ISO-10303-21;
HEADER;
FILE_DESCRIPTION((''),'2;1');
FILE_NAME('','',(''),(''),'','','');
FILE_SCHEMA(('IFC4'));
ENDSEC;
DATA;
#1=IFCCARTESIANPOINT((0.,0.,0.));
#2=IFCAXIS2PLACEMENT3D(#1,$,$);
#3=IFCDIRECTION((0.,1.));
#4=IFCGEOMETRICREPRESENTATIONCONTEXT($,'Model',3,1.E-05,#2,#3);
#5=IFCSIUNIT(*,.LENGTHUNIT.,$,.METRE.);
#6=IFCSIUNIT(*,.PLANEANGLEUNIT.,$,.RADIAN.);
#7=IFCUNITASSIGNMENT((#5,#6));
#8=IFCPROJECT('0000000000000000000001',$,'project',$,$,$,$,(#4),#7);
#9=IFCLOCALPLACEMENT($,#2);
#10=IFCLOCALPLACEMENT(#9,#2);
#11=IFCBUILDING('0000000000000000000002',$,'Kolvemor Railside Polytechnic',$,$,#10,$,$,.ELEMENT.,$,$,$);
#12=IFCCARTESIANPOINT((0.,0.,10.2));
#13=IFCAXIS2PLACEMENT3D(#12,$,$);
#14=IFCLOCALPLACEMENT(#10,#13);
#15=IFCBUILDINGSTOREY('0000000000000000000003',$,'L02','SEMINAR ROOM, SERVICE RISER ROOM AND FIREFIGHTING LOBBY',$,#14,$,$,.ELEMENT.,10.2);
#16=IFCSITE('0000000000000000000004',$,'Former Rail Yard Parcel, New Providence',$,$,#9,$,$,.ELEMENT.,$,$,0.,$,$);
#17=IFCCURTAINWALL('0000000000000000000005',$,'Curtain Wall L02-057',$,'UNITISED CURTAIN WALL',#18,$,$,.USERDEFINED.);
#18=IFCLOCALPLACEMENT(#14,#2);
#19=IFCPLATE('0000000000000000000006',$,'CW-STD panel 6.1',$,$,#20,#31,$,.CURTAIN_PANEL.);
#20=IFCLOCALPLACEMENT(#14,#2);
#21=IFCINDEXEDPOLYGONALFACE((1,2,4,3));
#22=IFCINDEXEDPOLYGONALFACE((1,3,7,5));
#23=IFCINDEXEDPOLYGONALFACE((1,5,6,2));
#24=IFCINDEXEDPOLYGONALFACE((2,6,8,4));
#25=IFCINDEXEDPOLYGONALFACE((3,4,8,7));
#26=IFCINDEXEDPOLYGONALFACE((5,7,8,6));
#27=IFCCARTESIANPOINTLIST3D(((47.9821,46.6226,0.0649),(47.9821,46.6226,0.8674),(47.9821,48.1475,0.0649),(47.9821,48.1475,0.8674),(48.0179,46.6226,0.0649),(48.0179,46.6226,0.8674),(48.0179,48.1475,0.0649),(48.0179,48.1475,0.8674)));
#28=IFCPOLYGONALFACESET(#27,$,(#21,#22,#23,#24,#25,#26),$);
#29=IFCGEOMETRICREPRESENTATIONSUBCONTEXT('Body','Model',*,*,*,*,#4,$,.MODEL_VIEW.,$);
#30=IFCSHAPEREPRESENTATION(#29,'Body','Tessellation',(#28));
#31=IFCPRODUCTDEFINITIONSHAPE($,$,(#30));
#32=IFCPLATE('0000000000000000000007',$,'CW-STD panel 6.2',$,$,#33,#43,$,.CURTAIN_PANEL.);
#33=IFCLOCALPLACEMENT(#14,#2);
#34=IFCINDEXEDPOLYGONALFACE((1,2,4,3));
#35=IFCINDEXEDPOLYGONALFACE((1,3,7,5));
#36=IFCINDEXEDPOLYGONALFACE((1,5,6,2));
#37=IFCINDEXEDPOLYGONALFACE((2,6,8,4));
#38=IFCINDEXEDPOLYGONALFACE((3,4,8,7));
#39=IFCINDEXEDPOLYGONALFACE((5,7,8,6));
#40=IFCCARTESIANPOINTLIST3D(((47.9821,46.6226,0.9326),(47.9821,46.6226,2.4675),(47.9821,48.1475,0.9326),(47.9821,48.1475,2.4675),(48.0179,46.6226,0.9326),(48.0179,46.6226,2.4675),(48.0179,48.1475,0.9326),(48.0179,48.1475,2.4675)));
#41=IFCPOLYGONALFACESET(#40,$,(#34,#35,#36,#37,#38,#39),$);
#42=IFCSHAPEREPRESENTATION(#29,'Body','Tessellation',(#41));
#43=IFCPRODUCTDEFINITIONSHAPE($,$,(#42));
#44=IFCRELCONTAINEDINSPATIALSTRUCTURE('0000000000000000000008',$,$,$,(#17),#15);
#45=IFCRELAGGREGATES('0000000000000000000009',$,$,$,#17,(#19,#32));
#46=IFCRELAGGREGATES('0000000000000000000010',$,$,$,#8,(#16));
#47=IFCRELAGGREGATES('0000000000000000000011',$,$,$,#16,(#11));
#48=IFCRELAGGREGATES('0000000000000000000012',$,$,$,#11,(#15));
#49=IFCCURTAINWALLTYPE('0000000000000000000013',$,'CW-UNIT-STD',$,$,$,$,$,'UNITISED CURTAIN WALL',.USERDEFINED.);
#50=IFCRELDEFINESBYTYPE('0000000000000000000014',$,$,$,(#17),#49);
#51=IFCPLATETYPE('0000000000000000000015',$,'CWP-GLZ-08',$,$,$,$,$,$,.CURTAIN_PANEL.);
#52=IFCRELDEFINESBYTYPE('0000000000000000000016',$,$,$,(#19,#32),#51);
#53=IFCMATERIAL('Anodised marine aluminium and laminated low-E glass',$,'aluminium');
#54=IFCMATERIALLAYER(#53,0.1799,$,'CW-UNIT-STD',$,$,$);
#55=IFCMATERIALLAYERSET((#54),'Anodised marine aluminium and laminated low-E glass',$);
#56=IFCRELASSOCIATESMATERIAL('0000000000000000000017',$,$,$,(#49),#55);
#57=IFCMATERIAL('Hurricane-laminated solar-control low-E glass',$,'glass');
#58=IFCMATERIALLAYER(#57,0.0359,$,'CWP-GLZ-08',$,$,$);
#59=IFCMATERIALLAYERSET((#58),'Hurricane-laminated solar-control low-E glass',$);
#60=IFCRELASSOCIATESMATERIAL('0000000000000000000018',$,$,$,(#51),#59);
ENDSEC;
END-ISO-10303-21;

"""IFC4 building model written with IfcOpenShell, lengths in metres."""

from ifc_helpers import new_model, si_unit, direction, frame, origin, origin_2d, place, context, subcontext, project, spatial, rectangle, extrude, material, layer, layer_set, type_object, element, aggregate, save


model = new_model("IFC4")

# Units and contexts
model_context = context("Model", 3, precision=1e-05, world=origin(), true_north=direction((0.0, 1.0)))
body_context = subcontext(model_context, "Body", "Model", "MODEL_VIEW")
ifc_project = project(units=[si_unit("LENGTHUNIT", "METRE"), si_unit("PLANEANGLEUNIT", "RADIAN")], contexts=[model_context])

# Site, building, storey
site_placement = place(None, origin())
site = spatial("IfcSite", under=ifc_project, at=site_placement, Name="Former Rail Yard Parcel, New Providence", CompositionType="ELEMENT", RefElevation=0.0)
building_placement = place(site_placement, origin())
building = spatial("IfcBuilding", under=site, at=building_placement, Name="Kolvemor Railside Polytechnic", CompositionType="ELEMENT")
storey_placement = place(building_placement, frame((0.0, 0.0, 10.2)))
storey = spatial("IfcBuildingStorey", under=building, at=storey_placement, Name="L02", Description="SEMINAR ROOM, SERVICE RISER ROOM AND FIREFIGHTING LOBBY", CompositionType="ELEMENT", Elevation=10.2)

# Curtain wall, plates
ifc_material_1 = material(Name="Anodised marine aluminium and laminated low-E glass", Category="aluminium")
ifc_layer_1 = layer(ifc_material_1, 0.1799, Name="CW-UNIT-STD")
ifc_layer_set_1 = layer_set([ifc_layer_1], Name="Anodised marine aluminium and laminated low-E glass")
curtain_wall_type = type_object("IfcCurtainWallType", Name="CW-UNIT-STD", ElementType="UNITISED CURTAIN WALL", PredefinedType="USERDEFINED", material=ifc_layer_set_1)
curtain_wall_placement = place(storey_placement, origin())
curtain_wall = element("IfcCurtainWall", 1, at=curtain_wall_placement, inside=storey, type_object=curtain_wall_type, Name="Curtain Wall L02-057", ObjectType="UNITISED CURTAIN WALL", PredefinedType="USERDEFINED")
ifc_material_2 = material(Name="Hurricane-laminated solar-control low-E glass", Category="glass")
ifc_layer_2 = layer(ifc_material_2, 0.0359, Name="CWP-GLZ-08")
ifc_layer_set_2 = layer_set([ifc_layer_2], Name="Hurricane-laminated solar-control low-E glass")
plate_type = type_object("IfcPlateType", Name="CWP-GLZ-08", PredefinedType="CURTAIN_PANEL", material=ifc_layer_set_2)
plate_1_placement = place(storey_placement, frame((48.0, 47.385, 0.0649), z_axis=(0.0, 0.0, 1.0), x_axis=(0.0, 1.0, 0.0)))
plate_1 = element("IfcPlate", 2, at=plate_1_placement, type_object=plate_type, Name="CW-STD panel 6.1", PredefinedType="CURTAIN_PANEL", context=body_context, shape_type="SweptSolid", body=[
    extrude(rectangle(XDim=1.5249, YDim=0.0359, at=origin_2d()), origin(), (0.0, 0.0, 1.0), 0.8025),
])
plate_2_placement = place(storey_placement, frame((48.0, 47.385, 0.9326), z_axis=(0.0, 0.0, 1.0), x_axis=(0.0, 1.0, 0.0)))
plate_2 = element("IfcPlate", 3, at=plate_2_placement, type_object=plate_type, Name="CW-STD panel 6.2", PredefinedType="CURTAIN_PANEL", context=body_context, shape_type="SweptSolid", body=[
    extrude(rectangle(XDim=1.5249, YDim=0.0359, at=origin_2d()), origin(), (0.0, 0.0, 1.0), 1.5349),
])
aggregate(curtain_wall, [plate_1, plate_2])

save(model, "model.ifc")
